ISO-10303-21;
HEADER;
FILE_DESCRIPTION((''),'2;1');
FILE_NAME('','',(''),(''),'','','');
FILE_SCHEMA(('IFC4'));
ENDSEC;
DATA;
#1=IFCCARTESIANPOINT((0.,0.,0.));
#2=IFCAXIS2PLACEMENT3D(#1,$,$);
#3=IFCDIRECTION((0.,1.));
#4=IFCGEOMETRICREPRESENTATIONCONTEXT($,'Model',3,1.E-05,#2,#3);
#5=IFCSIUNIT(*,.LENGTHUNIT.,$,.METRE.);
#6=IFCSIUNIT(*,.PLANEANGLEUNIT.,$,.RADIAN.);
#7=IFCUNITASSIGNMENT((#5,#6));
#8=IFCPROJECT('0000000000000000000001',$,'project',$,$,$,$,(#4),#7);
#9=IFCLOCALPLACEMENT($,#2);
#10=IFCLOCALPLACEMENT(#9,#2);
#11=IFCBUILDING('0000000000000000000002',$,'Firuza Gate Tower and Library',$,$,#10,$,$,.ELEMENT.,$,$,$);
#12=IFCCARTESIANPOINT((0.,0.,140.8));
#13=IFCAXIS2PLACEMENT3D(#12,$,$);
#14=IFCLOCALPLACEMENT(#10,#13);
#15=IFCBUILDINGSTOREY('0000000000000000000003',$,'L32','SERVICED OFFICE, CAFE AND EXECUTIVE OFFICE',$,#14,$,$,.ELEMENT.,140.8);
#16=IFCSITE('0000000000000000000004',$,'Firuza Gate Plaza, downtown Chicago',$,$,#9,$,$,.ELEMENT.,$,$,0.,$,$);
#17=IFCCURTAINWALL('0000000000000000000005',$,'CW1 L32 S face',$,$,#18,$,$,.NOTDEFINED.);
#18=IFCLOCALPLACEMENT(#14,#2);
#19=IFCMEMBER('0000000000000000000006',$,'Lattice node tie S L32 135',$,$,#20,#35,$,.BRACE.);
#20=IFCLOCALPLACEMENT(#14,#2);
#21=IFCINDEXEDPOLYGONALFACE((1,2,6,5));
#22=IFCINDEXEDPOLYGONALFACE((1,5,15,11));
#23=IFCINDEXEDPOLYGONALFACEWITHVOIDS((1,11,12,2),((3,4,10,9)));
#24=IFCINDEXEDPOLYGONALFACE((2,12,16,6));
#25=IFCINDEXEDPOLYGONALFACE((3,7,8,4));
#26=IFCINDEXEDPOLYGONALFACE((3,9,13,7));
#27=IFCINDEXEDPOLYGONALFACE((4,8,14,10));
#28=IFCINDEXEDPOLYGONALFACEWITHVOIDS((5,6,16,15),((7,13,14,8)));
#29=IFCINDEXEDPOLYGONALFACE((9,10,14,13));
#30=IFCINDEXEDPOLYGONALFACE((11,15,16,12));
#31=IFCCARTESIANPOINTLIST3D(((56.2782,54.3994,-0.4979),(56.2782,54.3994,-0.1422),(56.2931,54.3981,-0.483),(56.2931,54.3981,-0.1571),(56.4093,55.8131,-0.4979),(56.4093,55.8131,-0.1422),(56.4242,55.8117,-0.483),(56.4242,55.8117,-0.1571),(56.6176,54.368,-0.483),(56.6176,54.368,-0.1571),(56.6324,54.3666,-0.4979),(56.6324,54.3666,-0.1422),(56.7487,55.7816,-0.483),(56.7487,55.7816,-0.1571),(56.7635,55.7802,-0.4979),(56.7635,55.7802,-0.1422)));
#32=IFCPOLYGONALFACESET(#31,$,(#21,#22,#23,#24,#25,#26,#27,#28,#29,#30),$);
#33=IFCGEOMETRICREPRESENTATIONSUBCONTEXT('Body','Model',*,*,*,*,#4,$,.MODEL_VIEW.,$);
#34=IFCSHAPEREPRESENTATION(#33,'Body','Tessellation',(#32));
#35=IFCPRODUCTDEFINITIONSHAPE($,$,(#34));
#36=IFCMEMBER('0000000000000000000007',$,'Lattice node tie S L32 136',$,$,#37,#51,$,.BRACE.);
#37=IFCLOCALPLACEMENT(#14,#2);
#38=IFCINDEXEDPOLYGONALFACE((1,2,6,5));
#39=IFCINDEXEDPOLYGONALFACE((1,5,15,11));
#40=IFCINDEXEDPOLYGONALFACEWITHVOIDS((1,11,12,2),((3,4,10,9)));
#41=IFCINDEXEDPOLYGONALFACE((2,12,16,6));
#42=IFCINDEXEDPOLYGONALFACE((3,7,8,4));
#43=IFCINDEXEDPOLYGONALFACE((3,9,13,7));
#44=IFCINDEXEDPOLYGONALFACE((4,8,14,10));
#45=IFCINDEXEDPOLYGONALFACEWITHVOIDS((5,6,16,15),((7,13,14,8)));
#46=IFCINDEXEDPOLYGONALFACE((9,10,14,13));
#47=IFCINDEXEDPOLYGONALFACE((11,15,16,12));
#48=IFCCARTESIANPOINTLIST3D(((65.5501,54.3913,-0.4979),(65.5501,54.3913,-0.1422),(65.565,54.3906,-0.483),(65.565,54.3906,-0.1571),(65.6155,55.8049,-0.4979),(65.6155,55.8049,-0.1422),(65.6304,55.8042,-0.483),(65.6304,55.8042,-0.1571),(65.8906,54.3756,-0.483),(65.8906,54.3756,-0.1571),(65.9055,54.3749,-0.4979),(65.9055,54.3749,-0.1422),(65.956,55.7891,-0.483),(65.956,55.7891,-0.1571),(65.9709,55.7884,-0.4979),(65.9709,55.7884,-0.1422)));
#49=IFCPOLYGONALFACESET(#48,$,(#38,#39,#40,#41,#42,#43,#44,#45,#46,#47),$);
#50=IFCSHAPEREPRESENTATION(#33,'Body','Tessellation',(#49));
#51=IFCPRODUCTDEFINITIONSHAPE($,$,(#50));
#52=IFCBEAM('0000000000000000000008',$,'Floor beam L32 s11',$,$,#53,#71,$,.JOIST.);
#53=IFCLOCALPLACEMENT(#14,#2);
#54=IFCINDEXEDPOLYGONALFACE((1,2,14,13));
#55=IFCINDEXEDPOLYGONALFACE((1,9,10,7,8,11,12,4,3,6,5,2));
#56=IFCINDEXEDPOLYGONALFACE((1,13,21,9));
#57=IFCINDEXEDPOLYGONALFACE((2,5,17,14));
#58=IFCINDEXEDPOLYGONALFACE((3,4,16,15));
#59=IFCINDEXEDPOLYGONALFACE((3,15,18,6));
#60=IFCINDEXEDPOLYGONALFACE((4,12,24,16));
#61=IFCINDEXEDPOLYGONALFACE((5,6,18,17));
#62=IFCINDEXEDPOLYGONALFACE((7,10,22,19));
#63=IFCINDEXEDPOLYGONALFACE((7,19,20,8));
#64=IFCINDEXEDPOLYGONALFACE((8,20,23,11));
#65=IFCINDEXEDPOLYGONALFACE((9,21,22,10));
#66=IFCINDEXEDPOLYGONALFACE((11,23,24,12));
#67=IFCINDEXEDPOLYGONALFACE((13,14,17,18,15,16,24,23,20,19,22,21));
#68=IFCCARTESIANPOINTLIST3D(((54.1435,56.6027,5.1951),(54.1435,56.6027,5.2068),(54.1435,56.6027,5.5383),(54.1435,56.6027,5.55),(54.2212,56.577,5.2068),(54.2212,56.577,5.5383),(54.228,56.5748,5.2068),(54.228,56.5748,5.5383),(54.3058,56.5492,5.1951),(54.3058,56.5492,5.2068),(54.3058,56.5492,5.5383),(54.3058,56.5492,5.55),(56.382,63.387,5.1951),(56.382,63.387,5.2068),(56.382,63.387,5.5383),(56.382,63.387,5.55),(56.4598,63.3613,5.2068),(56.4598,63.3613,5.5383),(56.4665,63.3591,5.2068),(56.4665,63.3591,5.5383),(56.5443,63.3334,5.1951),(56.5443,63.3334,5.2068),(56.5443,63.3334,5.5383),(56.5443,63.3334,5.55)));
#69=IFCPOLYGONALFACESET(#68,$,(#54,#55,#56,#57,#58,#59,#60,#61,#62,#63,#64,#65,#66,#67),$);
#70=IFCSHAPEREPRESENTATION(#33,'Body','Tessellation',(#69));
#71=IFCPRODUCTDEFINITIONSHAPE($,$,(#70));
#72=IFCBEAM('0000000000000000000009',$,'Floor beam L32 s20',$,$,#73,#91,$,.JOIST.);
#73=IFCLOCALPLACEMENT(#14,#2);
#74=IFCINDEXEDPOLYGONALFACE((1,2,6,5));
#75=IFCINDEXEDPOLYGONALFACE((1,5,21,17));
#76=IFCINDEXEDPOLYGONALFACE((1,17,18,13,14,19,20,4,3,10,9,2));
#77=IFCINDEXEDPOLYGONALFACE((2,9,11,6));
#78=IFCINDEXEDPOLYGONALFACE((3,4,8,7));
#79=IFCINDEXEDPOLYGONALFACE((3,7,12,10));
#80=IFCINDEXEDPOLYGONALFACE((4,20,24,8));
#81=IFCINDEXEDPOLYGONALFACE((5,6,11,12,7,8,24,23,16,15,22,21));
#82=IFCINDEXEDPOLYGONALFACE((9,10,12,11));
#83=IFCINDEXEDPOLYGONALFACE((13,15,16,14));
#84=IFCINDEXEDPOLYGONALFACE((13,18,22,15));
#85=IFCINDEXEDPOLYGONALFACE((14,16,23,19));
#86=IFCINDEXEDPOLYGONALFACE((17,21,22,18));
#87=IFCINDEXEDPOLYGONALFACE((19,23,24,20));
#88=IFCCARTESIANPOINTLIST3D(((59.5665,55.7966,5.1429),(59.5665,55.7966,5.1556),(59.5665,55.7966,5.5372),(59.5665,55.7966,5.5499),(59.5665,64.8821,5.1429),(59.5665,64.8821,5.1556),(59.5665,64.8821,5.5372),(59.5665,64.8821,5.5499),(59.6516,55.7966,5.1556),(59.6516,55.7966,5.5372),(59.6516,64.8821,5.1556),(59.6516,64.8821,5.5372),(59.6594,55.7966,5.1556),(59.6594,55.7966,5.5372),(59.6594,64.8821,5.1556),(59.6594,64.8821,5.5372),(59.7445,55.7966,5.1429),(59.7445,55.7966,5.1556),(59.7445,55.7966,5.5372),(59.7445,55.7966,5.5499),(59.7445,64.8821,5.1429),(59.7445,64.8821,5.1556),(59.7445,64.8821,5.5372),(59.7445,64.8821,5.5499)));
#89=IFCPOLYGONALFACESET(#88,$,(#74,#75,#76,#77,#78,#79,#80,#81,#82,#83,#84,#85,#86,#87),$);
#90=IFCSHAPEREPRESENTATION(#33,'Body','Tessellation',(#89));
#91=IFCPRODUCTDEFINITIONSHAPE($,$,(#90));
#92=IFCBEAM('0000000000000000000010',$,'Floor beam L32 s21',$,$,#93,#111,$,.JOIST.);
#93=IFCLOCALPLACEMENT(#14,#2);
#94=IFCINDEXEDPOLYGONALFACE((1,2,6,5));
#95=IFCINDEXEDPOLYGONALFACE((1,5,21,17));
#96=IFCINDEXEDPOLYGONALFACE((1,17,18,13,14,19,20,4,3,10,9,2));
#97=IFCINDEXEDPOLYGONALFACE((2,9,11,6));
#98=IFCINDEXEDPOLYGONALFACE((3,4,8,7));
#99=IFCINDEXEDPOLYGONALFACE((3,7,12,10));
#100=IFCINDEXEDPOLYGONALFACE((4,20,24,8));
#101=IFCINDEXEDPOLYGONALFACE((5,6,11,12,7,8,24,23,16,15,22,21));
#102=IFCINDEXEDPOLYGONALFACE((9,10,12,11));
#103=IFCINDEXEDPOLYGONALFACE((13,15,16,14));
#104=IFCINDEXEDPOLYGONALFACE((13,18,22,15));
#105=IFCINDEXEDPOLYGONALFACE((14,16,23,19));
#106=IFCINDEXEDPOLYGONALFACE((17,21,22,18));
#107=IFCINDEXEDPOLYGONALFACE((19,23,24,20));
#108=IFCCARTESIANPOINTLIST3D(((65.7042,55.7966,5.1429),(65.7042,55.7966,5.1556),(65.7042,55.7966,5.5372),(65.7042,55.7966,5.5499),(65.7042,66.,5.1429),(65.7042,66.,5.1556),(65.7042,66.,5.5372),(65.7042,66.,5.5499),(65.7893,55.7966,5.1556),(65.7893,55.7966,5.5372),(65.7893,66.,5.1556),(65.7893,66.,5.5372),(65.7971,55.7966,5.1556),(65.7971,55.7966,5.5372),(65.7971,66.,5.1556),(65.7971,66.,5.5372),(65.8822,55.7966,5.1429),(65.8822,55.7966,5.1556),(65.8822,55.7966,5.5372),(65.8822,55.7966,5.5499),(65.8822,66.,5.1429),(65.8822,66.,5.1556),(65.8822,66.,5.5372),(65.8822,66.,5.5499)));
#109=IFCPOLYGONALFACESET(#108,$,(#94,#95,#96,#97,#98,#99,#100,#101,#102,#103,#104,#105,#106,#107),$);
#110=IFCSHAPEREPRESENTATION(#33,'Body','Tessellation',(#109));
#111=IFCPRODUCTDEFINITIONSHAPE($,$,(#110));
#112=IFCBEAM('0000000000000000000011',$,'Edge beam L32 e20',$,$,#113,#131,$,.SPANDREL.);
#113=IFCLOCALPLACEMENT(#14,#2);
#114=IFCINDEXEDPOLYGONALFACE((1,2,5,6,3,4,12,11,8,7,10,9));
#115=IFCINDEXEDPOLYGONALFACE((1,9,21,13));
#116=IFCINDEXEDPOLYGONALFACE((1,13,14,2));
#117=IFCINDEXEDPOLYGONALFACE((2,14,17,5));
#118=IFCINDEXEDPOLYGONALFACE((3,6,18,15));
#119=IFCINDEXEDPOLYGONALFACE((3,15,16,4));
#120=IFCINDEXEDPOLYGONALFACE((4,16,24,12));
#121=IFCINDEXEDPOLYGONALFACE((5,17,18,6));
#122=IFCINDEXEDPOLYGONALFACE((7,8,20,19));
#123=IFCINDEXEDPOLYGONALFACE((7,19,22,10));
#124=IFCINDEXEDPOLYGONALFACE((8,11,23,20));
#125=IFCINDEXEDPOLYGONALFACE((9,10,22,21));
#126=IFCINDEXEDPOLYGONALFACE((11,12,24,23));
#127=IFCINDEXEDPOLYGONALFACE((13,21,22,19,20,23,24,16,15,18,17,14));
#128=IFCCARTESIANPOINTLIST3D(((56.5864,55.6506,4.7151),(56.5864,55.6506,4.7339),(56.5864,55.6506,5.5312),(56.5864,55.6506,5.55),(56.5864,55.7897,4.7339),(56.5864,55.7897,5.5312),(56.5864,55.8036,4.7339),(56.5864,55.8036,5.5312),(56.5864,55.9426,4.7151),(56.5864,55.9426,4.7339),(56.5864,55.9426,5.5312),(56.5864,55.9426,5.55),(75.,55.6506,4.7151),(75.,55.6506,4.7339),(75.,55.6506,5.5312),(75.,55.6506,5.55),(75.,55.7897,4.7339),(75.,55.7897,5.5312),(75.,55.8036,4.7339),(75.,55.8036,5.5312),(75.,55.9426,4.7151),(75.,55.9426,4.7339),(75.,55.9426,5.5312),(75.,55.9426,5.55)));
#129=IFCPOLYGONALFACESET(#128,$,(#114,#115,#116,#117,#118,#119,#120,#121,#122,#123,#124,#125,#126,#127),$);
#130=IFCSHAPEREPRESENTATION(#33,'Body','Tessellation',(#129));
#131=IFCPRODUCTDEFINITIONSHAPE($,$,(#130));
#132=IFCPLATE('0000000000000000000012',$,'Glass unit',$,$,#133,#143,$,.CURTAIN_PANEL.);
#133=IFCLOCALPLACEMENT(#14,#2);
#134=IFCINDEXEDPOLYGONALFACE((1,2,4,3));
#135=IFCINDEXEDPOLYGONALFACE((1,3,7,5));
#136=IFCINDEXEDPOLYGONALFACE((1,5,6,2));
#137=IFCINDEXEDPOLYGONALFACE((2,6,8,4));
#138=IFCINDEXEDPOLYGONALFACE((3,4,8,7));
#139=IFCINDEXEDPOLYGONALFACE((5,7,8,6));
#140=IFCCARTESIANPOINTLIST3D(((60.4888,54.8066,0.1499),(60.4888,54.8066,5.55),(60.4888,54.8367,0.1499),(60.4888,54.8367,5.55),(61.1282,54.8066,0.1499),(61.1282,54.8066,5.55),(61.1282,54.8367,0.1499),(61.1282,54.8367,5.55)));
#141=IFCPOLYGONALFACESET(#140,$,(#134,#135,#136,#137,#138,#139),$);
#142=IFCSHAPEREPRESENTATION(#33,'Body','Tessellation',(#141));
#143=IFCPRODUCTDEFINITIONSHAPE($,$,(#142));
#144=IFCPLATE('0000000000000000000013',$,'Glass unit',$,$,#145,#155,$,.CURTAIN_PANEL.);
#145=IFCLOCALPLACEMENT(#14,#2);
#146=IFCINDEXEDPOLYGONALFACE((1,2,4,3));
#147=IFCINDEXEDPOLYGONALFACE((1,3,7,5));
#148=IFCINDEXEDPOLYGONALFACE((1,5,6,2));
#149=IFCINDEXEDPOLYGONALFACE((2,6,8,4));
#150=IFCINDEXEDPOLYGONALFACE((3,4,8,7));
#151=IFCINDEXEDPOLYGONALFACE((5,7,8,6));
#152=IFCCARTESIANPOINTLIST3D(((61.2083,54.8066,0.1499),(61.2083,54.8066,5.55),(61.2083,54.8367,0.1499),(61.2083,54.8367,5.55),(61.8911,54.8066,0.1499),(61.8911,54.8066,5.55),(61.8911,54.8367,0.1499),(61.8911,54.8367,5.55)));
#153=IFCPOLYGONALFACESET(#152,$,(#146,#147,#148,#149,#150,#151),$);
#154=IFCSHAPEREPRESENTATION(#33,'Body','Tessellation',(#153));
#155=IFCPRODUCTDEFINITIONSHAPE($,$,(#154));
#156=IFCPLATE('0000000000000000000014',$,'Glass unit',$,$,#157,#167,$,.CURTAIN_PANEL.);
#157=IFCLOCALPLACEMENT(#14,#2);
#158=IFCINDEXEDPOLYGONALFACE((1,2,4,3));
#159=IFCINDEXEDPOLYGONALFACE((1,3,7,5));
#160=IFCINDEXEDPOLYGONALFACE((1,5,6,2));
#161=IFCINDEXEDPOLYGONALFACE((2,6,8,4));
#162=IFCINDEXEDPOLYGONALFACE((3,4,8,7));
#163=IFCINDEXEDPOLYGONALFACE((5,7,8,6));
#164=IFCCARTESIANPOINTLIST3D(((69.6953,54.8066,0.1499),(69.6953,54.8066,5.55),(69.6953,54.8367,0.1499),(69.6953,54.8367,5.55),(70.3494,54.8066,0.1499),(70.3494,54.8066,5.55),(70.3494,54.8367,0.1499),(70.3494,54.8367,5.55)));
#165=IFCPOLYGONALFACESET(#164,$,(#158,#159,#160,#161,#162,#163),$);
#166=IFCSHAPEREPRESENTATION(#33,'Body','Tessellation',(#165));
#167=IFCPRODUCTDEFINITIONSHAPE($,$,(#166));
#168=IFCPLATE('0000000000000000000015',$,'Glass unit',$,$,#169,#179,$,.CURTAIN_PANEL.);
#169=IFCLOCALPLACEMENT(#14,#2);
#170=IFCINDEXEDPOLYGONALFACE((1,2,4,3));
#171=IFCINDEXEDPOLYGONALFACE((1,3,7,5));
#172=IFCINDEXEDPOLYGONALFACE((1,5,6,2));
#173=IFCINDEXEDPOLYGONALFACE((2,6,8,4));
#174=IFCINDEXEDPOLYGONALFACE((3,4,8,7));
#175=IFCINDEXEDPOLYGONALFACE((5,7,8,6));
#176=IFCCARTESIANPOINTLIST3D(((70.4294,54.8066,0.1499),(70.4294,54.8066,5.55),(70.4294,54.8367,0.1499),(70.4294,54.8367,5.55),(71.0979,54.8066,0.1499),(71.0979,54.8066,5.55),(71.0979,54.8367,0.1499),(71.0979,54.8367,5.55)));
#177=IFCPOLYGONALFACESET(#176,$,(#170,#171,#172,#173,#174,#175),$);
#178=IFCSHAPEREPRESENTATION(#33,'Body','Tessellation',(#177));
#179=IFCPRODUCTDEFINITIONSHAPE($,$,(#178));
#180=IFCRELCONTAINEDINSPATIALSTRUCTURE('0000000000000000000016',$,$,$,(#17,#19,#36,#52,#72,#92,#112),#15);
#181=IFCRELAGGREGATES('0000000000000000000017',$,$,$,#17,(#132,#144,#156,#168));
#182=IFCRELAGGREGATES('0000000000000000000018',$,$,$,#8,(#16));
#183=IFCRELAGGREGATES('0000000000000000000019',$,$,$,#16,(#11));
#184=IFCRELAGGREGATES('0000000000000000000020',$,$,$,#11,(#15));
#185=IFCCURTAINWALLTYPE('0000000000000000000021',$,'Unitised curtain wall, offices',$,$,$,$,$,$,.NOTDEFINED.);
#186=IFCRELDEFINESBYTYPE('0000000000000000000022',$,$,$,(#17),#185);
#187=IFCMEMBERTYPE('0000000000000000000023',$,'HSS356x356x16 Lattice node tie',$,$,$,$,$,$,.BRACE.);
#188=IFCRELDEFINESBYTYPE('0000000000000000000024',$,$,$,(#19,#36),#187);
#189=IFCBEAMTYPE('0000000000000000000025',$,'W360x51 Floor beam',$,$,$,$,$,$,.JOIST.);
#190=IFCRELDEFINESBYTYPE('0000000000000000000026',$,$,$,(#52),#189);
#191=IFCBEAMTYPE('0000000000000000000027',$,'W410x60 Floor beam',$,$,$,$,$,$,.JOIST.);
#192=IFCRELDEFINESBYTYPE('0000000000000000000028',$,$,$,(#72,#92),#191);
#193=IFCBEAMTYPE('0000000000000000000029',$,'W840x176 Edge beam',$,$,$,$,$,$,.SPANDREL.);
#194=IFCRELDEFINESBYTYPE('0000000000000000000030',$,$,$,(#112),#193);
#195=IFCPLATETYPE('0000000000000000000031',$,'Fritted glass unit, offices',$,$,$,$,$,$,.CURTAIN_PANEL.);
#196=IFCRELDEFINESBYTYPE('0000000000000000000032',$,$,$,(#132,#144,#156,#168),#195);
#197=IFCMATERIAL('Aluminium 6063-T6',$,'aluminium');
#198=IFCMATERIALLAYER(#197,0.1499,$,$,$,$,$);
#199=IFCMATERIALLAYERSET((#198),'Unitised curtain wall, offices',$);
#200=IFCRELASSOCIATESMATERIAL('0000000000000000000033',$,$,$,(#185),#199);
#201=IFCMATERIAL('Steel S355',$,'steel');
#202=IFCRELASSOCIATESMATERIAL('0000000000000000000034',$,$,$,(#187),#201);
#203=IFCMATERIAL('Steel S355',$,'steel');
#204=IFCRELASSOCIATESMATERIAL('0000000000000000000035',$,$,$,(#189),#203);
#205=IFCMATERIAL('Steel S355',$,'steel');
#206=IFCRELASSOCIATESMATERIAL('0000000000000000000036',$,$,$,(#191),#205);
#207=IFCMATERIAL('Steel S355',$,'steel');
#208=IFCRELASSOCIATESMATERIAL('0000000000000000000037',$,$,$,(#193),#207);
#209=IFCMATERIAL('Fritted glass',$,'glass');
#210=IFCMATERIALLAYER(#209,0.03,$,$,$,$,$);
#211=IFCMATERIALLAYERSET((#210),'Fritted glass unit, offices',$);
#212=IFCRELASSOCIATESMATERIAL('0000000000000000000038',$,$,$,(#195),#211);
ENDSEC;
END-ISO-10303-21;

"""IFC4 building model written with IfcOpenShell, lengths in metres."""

from ifc_helpers import new_model, si_unit, direction, frame, origin, origin_2d, place, context, subcontext, project, spatial, polyline, hollow_rectangle, i_section, outline, extrude, material, layer, layer_set, material_profile, profile_set, type_object, element, aggregate, save


model = new_model("IFC4")

# Units and contexts
model_context = context("Model", 3, precision=1e-05, world=origin(), true_north=direction((0.0, 1.0)))
body_context = subcontext(model_context, "Body", "Model", "MODEL_VIEW")
ifc_project = project(units=[si_unit("LENGTHUNIT", "METRE"), si_unit("PLANEANGLEUNIT", "RADIAN")], contexts=[model_context])

# Site, building, storey
site_placement = place(None, origin())
site = spatial("IfcSite", under=ifc_project, at=site_placement, Name="Firuza Gate Plaza, downtown Chicago", CompositionType="ELEMENT", RefElevation=0.0)
building_placement = place(site_placement, origin())
building = spatial("IfcBuilding", under=site, at=building_placement, Name="Firuza Gate Tower and Library", CompositionType="ELEMENT")
storey_placement = place(building_placement, frame((0.0, 0.0, 140.8)))
storey = spatial("IfcBuildingStorey", under=building, at=storey_placement, Name="L32", Description="SERVICED OFFICE, CAFE AND EXECUTIVE OFFICE", CompositionType="ELEMENT", Elevation=140.8)

# Curtain wall
ifc_material_1 = material(Name="Aluminium 6063-T6", Category="aluminium")
ifc_layer_1 = layer(ifc_material_1, 0.1499)
ifc_layer_set_1 = layer_set([ifc_layer_1], Name="Unitised curtain wall, offices")
curtain_wall_type = type_object("IfcCurtainWallType", Name="Unitised curtain wall, offices", PredefinedType="NOTDEFINED", material=ifc_layer_set_1)
curtain_wall_placement = place(storey_placement, origin())
curtain_wall = element("IfcCurtainWall", 1, at=curtain_wall_placement, inside=storey, type_object=curtain_wall_type, Name="CW1 L32 S face", PredefinedType="NOTDEFINED")

# Members
ifc_material_2 = material(Name="Steel S355", Category="steel")
ifc_material_profile_1 = material_profile(ifc_material_2, hollow_rectangle(XDim=0.3557, YDim=0.3557, WallThickness=0.0149, at=origin_2d()))
ifc_profile_set_1 = profile_set([ifc_material_profile_1], Name="Steel S355")
member_type_1 = type_object("IfcMemberType", Name="HSS356x356x16 Lattice node tie", PredefinedType="BRACE", material=ifc_profile_set_1)
member_1_placement = place(storey_placement, frame((56.5864, 55.7966, -0.3201), z_axis=(-0.09235, -0.995727, 0.0), x_axis=(0.995727, -0.09235, 0.0)))
element("IfcMember", 2, at=member_1_placement, inside=storey, type_object=member_type_1, Name="Lattice node tie S L32 135", PredefinedType="BRACE", context=body_context, shape_type="SweptSolid", body=[
    extrude(hollow_rectangle(XDim=0.3557, YDim=0.3557, WallThickness=0.0149, at=origin_2d()), origin(), (0.0, 0.0, 1.0), 1.4197),
])
member_2_placement = place(storey_placement, frame((65.7932, 55.7966, -0.3201), z_axis=(-0.046237, -0.99893, 0.0), x_axis=(0.99893, -0.046237, 0.0)))
element("IfcMember", 3, at=member_2_placement, inside=storey, type_object=member_type_1, Name="Lattice node tie S L32 136", PredefinedType="BRACE", context=body_context, shape_type="SweptSolid", body=[
    extrude(hollow_rectangle(XDim=0.3557, YDim=0.3557, WallThickness=0.0149, at=origin_2d()), origin(), (0.0, 0.0, 1.0), 1.415),
])

# Beams
ifc_material_3 = material(Name="Steel S355", Category="steel")
ifc_material_profile_2 = material_profile(ifc_material_3, i_section(OverallWidth=0.1709, OverallDepth=0.355, WebThickness=0.0071, FlangeThickness=0.0117, at=origin_2d()))
ifc_profile_set_2 = profile_set([ifc_material_profile_2], Name="Steel S355")
beam_type_1 = type_object("IfcBeamType", Name="W360x51 Floor beam", PredefinedType="JOIST", material=ifc_profile_set_2)
beam_1_placement = place(storey_placement, frame((54.2246, 56.5759, 5.3726), z_axis=(0.313345, 0.949639, 0.0), x_axis=(-0.949639, 0.313345, 0.0)))
element("IfcBeam", 4, at=beam_1_placement, inside=storey, type_object=beam_type_1, Name="Floor beam L32 s11", PredefinedType="JOIST", context=body_context, shape_type="SweptSolid", body=[
    extrude(i_section(OverallWidth=0.1709, OverallDepth=0.355, WebThickness=0.0071, FlangeThickness=0.0117, at=origin_2d()), origin(), (0.0, 0.0, 1.0), 7.144),
])
ifc_material_4 = material(Name="Steel S355", Category="steel")
ifc_material_profile_3 = material_profile(ifc_material_4, i_section(OverallWidth=0.178, OverallDepth=0.407, WebThickness=0.0078, FlangeThickness=0.0127, at=origin_2d()))
ifc_profile_set_3 = profile_set([ifc_material_profile_3], Name="Steel S355")
beam_type_2 = type_object("IfcBeamType", Name="W410x60 Floor beam", PredefinedType="JOIST", material=ifc_profile_set_3)
beam_2_placement = place(storey_placement, frame((59.6555, 55.7966, 5.3464), z_axis=(0.0, 1.0, 0.0), x_axis=(-1.0, 0.0, 0.0)))
element("IfcBeam", 5, at=beam_2_placement, inside=storey, type_object=beam_type_2, Name="Floor beam L32 s20", PredefinedType="JOIST", context=body_context, shape_type="SweptSolid", body=[
    extrude(i_section(OverallWidth=0.178, OverallDepth=0.407, WebThickness=0.0078, FlangeThickness=0.0127, at=origin_2d()), origin(), (0.0, 0.0, 1.0), 9.0854),
])
beam_3_placement = place(storey_placement, frame((65.7932, 55.7966, 5.3464), z_axis=(0.0, 1.0, 0.0), x_axis=(-1.0, 0.0, 0.0)))
element("IfcBeam", 6, at=beam_3_placement, inside=storey, type_object=beam_type_2, Name="Floor beam L32 s21", PredefinedType="JOIST", context=body_context, shape_type="SweptSolid", body=[
    extrude(i_section(OverallWidth=0.178, OverallDepth=0.407, WebThickness=0.0078, FlangeThickness=0.0127, at=origin_2d()), origin(), (0.0, 0.0, 1.0), 10.2034),
])
ifc_material_5 = material(Name="Steel S355", Category="steel")
ifc_material_profile_4 = material_profile(ifc_material_5, i_section(OverallWidth=0.292, OverallDepth=0.835, WebThickness=0.0139, FlangeThickness=0.0188, at=origin_2d()))
ifc_profile_set_4 = profile_set([ifc_material_profile_4], Name="Steel S355")
beam_type_3 = type_object("IfcBeamType", Name="W840x176 Edge beam", PredefinedType="SPANDREL", material=ifc_profile_set_4)
beam_4_placement = place(storey_placement, frame((56.5864, 55.7966, 5.1326), z_axis=(1.0, 0.0, 0.0), x_axis=(0.0, 1.0, 0.0)))
element("IfcBeam", 7, at=beam_4_placement, inside=storey, type_object=beam_type_3, Name="Edge beam L32 e20", PredefinedType="SPANDREL", context=body_context, shape_type="SweptSolid", body=[
    extrude(i_section(OverallWidth=0.292, OverallDepth=0.835, WebThickness=0.0139, FlangeThickness=0.0188, at=origin_2d()), origin(), (0.0, 0.0, 1.0), 18.4136),
])

# Plates
ifc_material_6 = material(Name="Fritted glass", Category="glass")
ifc_layer_2 = layer(ifc_material_6, 0.03)
ifc_layer_set_2 = layer_set([ifc_layer_2], Name="Fritted glass unit, offices")
plate_type_1 = type_object("IfcPlateType", Name="Fritted glass unit, offices", PredefinedType="CURTAIN_PANEL", material=ifc_layer_set_2)
plate_1_placement = place(storey_placement, frame((60.4888, 54.8066, 0.1499), z_axis=(0.0, -1.0, 0.0), x_axis=(1.0, 0.0, 0.0)))
plate_1 = element("IfcPlate", 8, at=plate_1_placement, type_object=plate_type_1, Name="Glass unit", PredefinedType="CURTAIN_PANEL", context=body_context, shape_type="SweptSolid", body=[
    extrude(outline(polyline([(0.0, 0.0), (0.6394, 0.0), (0.6394, 5.4001), (0.0, 5.4001), (0.0, 0.0)])), origin(), (0.0, 0.0, -1.0), 0.03),
])
plate_2_placement = place(storey_placement, frame((61.2083, 54.8066, 0.1499), z_axis=(0.0, -1.0, 0.0), x_axis=(1.0, 0.0, 0.0)))
plate_2 = element("IfcPlate", 9, at=plate_2_placement, type_object=plate_type_1, Name="Glass unit", PredefinedType="CURTAIN_PANEL", context=body_context, shape_type="SweptSolid", body=[
    extrude(outline(polyline([(0.0, 0.0), (0.6829, 0.0), (0.6829, 5.4001), (0.0, 5.4001), (0.0, 0.0)])), origin(), (0.0, 0.0, -1.0), 0.03),
])
plate_3_placement = place(storey_placement, frame((69.6953, 54.8066, 0.1499), z_axis=(0.0, -1.0, 0.0), x_axis=(1.0, 0.0, 0.0)))
plate_3 = element("IfcPlate", 10, at=plate_3_placement, type_object=plate_type_1, Name="Glass unit", PredefinedType="CURTAIN_PANEL", context=body_context, shape_type="SweptSolid", body=[
    extrude(outline(polyline([(0.0, 0.0), (0.6541, 0.0), (0.6541, 5.4001), (0.0, 5.4001), (0.0, 0.0)])), origin(), (0.0, 0.0, -1.0), 0.03),
])
plate_4_placement = place(storey_placement, frame((70.4294, 54.8066, 0.1499), z_axis=(0.0, -1.0, 0.0), x_axis=(1.0, 0.0, 0.0)))
plate_4 = element("IfcPlate", 11, at=plate_4_placement, type_object=plate_type_1, Name="Glass unit", PredefinedType="CURTAIN_PANEL", context=body_context, shape_type="SweptSolid", body=[
    extrude(outline(polyline([(0.0, 0.0), (0.6685, 0.0), (0.6685, 5.4001), (0.0, 5.4001), (0.0, 0.0)])), origin(), (0.0, 0.0, -1.0), 0.03),
])
aggregate(curtain_wall, [plate_1, plate_2, plate_3, plate_4])

save(model, "model.ifc")
